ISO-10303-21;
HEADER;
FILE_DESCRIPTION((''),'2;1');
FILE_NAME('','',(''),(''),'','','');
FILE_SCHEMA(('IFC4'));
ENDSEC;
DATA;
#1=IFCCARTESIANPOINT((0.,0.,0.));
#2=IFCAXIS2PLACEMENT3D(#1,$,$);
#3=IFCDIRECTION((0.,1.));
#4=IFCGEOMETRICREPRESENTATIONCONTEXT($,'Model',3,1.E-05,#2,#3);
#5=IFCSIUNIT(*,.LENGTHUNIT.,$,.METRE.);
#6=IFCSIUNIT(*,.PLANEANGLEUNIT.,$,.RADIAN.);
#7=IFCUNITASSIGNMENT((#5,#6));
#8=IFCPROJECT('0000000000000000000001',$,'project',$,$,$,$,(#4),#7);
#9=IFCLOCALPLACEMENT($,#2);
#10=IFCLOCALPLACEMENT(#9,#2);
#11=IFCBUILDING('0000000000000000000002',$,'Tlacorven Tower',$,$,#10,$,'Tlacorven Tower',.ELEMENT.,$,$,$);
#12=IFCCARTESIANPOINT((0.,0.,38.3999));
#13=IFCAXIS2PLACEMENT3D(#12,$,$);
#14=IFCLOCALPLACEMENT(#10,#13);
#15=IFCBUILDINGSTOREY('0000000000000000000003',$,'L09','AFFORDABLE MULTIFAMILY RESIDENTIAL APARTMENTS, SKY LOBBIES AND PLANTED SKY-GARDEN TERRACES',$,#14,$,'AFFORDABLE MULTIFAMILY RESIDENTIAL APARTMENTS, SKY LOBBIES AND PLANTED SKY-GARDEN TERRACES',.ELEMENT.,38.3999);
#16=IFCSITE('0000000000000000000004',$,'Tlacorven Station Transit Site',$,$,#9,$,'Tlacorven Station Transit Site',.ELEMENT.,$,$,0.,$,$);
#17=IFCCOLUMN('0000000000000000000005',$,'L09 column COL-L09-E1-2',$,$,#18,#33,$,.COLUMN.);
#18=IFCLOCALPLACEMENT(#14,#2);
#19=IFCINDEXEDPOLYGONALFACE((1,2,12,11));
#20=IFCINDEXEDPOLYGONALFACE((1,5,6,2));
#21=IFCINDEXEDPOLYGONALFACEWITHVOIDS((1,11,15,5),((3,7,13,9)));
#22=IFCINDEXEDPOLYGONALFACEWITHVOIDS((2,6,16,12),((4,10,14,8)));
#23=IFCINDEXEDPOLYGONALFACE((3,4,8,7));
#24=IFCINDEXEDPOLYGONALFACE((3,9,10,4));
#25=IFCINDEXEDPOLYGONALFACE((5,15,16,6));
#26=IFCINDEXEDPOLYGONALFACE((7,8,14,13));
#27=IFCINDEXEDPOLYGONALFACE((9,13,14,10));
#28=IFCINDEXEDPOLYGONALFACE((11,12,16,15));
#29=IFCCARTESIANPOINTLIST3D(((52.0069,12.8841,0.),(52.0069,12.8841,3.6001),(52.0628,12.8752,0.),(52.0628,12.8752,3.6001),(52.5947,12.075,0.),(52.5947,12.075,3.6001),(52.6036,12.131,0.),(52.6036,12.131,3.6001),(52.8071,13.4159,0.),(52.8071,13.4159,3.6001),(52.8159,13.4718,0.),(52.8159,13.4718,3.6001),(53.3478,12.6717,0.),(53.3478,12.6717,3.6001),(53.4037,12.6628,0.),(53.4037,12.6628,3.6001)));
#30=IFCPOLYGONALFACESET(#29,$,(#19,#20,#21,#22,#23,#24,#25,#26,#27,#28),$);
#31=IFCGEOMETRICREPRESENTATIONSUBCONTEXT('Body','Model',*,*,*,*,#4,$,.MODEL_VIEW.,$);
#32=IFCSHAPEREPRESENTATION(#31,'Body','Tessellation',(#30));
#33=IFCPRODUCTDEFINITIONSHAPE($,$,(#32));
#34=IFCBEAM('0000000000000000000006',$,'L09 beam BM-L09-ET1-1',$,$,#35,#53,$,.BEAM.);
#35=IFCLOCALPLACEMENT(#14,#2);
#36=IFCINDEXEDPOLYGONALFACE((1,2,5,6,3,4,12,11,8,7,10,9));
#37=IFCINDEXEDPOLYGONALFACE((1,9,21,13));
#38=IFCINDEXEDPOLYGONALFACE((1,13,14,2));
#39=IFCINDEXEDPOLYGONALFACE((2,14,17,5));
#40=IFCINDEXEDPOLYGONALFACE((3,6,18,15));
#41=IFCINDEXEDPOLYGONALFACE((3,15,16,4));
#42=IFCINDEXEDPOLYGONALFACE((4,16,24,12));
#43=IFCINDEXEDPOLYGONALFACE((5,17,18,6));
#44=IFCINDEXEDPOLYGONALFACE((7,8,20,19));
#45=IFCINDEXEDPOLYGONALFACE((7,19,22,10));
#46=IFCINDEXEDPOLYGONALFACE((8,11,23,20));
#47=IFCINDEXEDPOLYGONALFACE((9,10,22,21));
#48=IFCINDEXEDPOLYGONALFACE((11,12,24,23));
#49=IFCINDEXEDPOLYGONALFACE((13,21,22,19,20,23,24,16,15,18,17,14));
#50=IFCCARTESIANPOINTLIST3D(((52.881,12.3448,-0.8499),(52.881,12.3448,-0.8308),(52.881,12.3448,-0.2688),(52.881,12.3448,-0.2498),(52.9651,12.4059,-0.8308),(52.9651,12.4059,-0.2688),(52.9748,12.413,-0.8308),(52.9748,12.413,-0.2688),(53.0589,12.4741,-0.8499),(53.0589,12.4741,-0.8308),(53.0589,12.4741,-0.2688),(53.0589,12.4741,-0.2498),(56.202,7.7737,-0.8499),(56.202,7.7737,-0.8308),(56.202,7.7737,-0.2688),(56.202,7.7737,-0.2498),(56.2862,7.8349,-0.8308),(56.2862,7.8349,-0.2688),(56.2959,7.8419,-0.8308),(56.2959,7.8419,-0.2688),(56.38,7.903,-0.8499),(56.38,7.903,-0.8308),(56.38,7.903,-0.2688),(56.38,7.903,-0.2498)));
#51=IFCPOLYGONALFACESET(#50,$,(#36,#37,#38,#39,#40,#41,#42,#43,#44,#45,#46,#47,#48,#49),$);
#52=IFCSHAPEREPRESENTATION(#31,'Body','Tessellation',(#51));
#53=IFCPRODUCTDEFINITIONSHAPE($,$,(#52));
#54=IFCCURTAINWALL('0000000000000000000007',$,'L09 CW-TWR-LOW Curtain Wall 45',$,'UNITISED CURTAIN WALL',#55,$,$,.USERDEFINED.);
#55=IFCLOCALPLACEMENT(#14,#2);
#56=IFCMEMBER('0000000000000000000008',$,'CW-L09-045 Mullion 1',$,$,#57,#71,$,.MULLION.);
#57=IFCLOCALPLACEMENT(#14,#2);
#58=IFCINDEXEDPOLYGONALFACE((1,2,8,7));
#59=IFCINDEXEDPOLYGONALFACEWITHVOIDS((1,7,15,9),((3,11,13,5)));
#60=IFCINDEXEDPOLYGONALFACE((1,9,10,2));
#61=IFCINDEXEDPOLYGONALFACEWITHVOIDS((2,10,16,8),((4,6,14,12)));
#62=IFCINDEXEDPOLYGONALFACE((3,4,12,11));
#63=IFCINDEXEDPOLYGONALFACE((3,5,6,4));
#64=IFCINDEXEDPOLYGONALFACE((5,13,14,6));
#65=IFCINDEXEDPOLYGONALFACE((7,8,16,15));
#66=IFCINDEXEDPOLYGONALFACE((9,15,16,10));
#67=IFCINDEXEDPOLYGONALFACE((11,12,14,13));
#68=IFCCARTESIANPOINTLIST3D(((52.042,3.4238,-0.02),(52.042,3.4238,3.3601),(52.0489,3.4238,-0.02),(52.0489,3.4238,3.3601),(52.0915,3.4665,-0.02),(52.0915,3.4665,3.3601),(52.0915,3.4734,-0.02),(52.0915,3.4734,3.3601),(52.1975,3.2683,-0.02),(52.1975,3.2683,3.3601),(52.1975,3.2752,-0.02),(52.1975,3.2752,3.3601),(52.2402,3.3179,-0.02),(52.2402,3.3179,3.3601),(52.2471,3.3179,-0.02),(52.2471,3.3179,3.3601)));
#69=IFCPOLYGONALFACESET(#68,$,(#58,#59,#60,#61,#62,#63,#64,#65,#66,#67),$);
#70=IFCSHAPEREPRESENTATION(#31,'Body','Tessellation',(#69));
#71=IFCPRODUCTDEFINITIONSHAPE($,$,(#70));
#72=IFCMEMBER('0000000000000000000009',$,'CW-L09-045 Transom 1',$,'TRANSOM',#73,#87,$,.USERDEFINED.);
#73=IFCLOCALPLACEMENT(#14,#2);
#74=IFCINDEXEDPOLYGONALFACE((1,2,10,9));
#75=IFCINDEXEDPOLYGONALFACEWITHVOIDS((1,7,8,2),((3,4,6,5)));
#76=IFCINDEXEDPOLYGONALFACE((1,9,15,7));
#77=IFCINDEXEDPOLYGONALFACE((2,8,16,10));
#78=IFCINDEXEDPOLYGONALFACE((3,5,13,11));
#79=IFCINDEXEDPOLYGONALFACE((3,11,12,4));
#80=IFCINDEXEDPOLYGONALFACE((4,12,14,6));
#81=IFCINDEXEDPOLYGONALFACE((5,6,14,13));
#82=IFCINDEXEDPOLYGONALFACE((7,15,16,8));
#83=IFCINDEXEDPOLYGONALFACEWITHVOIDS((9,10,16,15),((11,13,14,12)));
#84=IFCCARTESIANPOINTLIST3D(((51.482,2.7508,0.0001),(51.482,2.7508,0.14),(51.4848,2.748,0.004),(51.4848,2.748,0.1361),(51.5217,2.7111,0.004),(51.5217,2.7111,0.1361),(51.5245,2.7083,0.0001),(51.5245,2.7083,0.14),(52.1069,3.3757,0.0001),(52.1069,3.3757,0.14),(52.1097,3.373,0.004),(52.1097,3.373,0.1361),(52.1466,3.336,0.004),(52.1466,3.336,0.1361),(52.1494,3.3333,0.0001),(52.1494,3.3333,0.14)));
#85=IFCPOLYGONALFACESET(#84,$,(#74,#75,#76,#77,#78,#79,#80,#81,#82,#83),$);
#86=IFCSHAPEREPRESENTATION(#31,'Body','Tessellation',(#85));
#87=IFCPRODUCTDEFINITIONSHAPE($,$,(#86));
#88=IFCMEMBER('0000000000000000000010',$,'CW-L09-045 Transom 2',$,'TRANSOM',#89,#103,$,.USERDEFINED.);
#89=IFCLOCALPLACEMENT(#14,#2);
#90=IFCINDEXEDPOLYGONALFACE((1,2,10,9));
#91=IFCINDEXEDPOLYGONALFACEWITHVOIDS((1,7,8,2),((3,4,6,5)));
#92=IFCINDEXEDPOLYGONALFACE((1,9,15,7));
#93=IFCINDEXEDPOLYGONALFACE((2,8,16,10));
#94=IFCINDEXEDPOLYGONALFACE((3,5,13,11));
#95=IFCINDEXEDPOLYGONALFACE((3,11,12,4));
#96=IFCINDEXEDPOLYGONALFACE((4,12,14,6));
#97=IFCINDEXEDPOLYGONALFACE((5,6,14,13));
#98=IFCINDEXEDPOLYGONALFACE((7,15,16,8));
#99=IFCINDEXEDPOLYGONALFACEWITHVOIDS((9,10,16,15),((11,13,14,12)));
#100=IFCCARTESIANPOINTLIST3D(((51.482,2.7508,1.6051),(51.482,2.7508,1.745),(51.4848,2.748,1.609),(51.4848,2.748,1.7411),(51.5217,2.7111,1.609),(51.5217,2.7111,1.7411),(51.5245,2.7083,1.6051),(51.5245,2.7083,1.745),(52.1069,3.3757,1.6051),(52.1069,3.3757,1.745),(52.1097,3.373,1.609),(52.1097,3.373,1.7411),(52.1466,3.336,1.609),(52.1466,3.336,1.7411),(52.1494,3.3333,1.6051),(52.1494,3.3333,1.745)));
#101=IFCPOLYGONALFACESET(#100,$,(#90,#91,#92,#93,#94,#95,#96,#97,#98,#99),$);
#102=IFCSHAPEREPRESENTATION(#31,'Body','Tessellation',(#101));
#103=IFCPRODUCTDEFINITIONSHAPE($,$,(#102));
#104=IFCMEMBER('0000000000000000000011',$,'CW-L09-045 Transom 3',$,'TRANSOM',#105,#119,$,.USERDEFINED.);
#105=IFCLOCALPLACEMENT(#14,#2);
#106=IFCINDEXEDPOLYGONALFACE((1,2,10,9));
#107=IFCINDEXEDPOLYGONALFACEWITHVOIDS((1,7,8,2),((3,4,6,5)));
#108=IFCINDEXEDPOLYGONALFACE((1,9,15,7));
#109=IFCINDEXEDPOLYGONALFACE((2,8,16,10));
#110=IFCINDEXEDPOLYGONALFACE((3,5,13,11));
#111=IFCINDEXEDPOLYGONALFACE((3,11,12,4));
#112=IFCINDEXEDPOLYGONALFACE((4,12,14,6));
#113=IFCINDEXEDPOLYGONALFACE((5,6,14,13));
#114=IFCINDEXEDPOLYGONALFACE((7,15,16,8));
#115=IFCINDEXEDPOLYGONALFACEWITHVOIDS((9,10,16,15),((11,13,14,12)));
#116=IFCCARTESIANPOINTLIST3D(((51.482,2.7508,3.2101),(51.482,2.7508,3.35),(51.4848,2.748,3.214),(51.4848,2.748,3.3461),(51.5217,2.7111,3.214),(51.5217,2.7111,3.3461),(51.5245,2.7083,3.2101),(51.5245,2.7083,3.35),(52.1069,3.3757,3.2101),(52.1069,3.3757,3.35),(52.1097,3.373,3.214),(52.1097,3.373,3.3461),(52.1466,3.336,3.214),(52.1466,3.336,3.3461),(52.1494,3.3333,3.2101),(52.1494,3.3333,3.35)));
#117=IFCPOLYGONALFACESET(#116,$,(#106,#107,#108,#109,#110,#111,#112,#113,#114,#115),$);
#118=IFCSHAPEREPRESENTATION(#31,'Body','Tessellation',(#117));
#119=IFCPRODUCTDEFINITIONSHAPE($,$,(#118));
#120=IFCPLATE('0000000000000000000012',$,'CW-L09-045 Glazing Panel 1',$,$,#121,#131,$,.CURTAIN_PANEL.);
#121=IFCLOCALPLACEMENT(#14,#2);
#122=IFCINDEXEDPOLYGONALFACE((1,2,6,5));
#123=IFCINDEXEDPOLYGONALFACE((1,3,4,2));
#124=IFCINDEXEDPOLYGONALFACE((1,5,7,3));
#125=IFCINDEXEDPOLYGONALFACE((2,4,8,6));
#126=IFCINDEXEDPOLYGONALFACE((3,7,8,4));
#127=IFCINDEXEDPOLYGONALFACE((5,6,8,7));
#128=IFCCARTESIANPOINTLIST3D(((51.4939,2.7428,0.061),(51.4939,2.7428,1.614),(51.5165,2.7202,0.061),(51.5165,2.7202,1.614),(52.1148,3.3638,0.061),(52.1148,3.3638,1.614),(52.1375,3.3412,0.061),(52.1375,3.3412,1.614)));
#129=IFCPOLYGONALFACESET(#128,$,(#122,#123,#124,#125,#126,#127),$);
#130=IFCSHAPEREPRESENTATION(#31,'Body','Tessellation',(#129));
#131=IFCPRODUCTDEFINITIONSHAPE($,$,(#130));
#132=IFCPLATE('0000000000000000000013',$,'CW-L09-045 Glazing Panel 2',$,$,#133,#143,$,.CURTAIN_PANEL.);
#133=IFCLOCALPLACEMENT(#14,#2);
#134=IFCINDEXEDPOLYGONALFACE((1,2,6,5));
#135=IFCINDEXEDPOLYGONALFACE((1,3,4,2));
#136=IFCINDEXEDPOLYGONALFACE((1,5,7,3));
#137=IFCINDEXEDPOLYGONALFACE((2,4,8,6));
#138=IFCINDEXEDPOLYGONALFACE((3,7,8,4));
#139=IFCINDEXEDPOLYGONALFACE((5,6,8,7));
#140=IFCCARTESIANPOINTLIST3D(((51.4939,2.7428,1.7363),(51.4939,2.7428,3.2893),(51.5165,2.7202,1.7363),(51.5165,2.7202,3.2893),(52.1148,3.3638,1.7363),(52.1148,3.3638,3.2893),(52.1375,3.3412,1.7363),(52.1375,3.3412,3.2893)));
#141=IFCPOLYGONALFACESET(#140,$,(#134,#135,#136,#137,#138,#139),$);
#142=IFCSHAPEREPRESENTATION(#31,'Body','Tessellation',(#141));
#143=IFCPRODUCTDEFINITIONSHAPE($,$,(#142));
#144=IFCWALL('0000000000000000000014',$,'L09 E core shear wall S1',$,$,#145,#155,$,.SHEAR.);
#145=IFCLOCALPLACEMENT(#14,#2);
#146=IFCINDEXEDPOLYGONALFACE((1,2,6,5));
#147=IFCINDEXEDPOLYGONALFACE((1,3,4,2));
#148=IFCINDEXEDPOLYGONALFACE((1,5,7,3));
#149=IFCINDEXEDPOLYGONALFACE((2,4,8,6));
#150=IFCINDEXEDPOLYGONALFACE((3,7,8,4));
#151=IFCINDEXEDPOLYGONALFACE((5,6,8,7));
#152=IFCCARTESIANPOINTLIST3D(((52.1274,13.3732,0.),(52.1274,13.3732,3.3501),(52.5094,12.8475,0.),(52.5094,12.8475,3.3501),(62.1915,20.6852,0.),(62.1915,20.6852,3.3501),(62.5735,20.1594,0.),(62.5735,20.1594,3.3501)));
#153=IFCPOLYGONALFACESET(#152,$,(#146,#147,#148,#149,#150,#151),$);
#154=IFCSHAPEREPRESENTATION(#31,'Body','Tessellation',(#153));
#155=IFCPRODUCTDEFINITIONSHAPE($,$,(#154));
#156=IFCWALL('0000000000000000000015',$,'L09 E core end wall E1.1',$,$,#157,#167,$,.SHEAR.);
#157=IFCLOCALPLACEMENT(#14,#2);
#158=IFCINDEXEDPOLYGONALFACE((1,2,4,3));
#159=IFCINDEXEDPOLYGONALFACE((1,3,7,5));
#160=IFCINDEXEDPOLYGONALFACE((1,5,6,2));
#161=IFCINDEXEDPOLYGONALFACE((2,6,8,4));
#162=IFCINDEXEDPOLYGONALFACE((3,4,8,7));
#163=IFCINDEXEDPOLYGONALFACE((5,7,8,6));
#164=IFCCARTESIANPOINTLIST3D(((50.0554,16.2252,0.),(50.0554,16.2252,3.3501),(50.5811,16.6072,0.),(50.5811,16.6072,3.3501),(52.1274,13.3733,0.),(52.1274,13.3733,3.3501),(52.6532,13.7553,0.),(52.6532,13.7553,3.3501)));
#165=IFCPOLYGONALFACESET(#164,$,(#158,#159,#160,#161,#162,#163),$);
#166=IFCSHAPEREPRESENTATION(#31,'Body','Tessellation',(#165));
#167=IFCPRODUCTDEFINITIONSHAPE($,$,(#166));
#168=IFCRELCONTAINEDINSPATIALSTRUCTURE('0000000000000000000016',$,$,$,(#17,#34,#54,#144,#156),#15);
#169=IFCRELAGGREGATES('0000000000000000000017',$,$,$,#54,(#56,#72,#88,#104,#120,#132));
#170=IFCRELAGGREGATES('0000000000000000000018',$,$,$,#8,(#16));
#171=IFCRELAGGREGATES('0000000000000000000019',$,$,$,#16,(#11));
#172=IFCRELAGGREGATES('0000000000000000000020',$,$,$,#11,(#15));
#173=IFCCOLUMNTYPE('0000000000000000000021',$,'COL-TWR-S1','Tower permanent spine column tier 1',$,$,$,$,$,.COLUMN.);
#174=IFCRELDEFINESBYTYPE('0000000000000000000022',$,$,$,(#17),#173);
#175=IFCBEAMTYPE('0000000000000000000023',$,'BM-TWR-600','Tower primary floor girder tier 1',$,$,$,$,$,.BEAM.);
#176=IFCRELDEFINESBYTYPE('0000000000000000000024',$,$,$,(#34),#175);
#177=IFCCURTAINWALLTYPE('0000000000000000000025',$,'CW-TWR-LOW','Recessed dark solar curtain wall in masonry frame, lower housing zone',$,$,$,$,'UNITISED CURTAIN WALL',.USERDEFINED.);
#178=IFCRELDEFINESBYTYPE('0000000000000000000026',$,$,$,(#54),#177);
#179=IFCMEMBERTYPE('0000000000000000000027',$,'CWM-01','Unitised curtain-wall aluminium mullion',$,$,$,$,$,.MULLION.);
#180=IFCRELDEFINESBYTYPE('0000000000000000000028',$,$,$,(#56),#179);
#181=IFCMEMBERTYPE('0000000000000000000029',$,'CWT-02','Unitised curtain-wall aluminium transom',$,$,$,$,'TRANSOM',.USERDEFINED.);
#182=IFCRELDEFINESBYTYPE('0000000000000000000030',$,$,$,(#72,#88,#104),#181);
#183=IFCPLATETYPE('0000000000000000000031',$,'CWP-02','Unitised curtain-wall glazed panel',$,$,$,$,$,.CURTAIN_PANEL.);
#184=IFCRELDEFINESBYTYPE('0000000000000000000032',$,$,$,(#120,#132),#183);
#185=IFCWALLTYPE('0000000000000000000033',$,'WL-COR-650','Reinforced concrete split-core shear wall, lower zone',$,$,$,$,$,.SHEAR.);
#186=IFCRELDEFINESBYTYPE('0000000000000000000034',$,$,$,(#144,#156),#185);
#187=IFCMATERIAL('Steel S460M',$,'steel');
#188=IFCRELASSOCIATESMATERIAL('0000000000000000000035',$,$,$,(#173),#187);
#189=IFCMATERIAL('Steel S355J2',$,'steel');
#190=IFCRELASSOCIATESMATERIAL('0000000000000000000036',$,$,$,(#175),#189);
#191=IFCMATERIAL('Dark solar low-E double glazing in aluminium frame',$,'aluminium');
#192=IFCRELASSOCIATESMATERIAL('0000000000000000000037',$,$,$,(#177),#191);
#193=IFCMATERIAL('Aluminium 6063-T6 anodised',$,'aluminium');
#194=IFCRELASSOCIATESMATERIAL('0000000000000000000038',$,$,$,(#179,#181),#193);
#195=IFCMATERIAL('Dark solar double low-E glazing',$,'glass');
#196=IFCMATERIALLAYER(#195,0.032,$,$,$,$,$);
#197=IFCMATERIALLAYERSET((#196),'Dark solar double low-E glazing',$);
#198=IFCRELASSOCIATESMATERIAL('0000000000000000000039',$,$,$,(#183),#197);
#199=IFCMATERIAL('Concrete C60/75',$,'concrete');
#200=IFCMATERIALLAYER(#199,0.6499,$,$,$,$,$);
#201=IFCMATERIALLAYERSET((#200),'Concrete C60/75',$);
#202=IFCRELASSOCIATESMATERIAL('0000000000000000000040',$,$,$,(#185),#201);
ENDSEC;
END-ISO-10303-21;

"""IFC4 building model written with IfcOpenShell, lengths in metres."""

from ifc_helpers import new_model, si_unit, direction, frame, frame_2d, origin, origin_2d, place, context, subcontext, project, spatial, rectangle, hollow_rectangle, i_section, extrude, source, transform, mapped, material, layer, layer_set, material_profile, profile_set, type_object, element, aggregate, save


model = new_model("IFC4")

# Units and contexts
model_context = context("Model", 3, precision=1e-05, world=origin(), true_north=direction((0.0, 1.0)))
body_context = subcontext(model_context, "Body", "Model", "MODEL_VIEW")
ifc_project = project(units=[si_unit("LENGTHUNIT", "METRE"), si_unit("PLANEANGLEUNIT", "RADIAN")], contexts=[model_context])

# Site, building, storey
site_placement = place(None, origin())
site = spatial("IfcSite", under=ifc_project, at=site_placement, Name="Tlacorven Station Transit Site", LongName="Tlacorven Station Transit Site", CompositionType="ELEMENT", RefElevation=0.0)
building_placement = place(site_placement, origin())
building = spatial("IfcBuilding", under=site, at=building_placement, Name="Tlacorven Tower", LongName="Tlacorven Tower", CompositionType="ELEMENT")
storey_placement = place(building_placement, frame((0.0, 0.0, 38.3999)))
storey = spatial("IfcBuildingStorey", under=building, at=storey_placement, Name="L09", Description="AFFORDABLE MULTIFAMILY RESIDENTIAL APARTMENTS, SKY LOBBIES AND PLANTED SKY-GARDEN TERRACES", LongName="AFFORDABLE MULTIFAMILY RESIDENTIAL APARTMENTS, SKY LOBBIES AND PLANTED SKY-GARDEN TERRACES", CompositionType="ELEMENT", Elevation=38.3999)

# Column
ifc_material_1 = material(Name="Steel S460M", Category="steel")
ifc_material_profile_1 = material_profile(ifc_material_1, hollow_rectangle(XDim=1.0, YDim=1.0, WallThickness=0.04, at=origin_2d()), Name="BOX 1000X1000X40")
ifc_profile_set_1 = profile_set([ifc_material_profile_1], Name="Steel S460M")
column_type = type_object("IfcColumnType", Name="COL-TWR-S1", Description="Tower permanent spine column tier 1", PredefinedType="COLUMN", material=ifc_profile_set_1)
shared_shape_1 = source(origin(), body_context, "Body", "SweptSolid", [
    extrude(hollow_rectangle(XDim=1.0, YDim=1.0, WallThickness=0.04, at=origin_2d()), origin(), (0.0, 0.0, 1.0), 3.6001),
])
column_placement = place(storey_placement, frame((52.7053, 12.7734, 0.0), z_axis=(0.0, 0.0, 1.0), x_axis=(0.809017, 0.587785, 0.0)))
element("IfcColumn", 1, at=column_placement, inside=storey, type_object=column_type, Name="L09 column COL-L09-E1-2", PredefinedType="COLUMN", context=body_context, shape_type="MappedRepresentation", body=[
    mapped(shared_shape_1, transform((0.0, 0.0, 0.0), scale=1.0)),
])

# Beam
ifc_material_2 = material(Name="Steel S355J2", Category="steel")
ifc_material_profile_2 = material_profile(ifc_material_2, i_section(OverallWidth=0.22, OverallDepth=0.6001, WebThickness=0.012, FlangeThickness=0.019, at=origin_2d()), Name="IPE 600")
ifc_profile_set_2 = profile_set([ifc_material_profile_2], Name="Steel S355J2")
beam_type = type_object("IfcBeamType", Name="BM-TWR-600", Description="Tower primary floor girder tier 1", PredefinedType="BEAM", material=ifc_profile_set_2)
shared_shape_2 = source(origin(), body_context, "Body", "SweptSolid", [
    extrude(i_section(OverallWidth=0.22, OverallDepth=0.6001, WebThickness=0.012, FlangeThickness=0.019, at=origin_2d()), origin(), (0.0, 0.0, 1.0), 5.6501),
])
beam_placement = place(storey_placement, frame((56.291, 7.8384, -0.5498), z_axis=(-0.587784, 0.809018, 0.0), x_axis=(-0.809018, -0.587784, 0.0)))
element("IfcBeam", 2, at=beam_placement, inside=storey, type_object=beam_type, Name="L09 beam BM-L09-ET1-1", PredefinedType="BEAM", context=body_context, shape_type="MappedRepresentation", body=[
    mapped(shared_shape_2, transform((0.0, 0.0, 0.0), scale=1.0)),
])

# Curtain wall, members, plates
ifc_material_3 = material(Name="Dark solar low-E double glazing in aluminium frame", Category="aluminium")
curtain_wall_type = type_object("IfcCurtainWallType", Name="CW-TWR-LOW", Description="Recessed dark solar curtain wall in masonry frame, lower housing zone", ElementType="UNITISED CURTAIN WALL", PredefinedType="USERDEFINED", material=ifc_material_3)
curtain_wall_placement = place(storey_placement, origin())
curtain_wall = element("IfcCurtainWall", 3, at=curtain_wall_placement, inside=storey, type_object=curtain_wall_type, Name="L09 CW-TWR-LOW Curtain Wall 45", ObjectType="UNITISED CURTAIN WALL", PredefinedType="USERDEFINED")
ifc_material_4 = material(Name="Aluminium 6063-T6 anodised", Category="aluminium")
ifc_material_profile_3 = material_profile(ifc_material_4, hollow_rectangle(XDim=0.0701, YDim=0.22, WallThickness=0.0049, at=origin_2d()), Name="ALU MULLION 70X220")
ifc_profile_set_3 = profile_set([ifc_material_profile_3], Name="Aluminium 6063-T6 anodised")
member_type_1 = type_object("IfcMemberType", Name="CWM-01", Description="Unitised curtain-wall aluminium mullion", PredefinedType="MULLION", material=ifc_profile_set_3)
shared_shape_3 = source(origin(), body_context, "Body", "SweptSolid", [
    extrude(hollow_rectangle(XDim=0.0701, YDim=0.22, WallThickness=0.0049, at=origin_2d()), origin(), (0.0, 0.0, 1.0), 3.3801),
])
member_1_placement = place(storey_placement, frame((52.1445, 3.3708, -0.02), z_axis=(0.0, 0.0, 1.0), x_axis=(-0.707107, -0.707107, 0.0)))
member_1 = element("IfcMember", 4, at=member_1_placement, type_object=member_type_1, Name="CW-L09-045 Mullion 1", PredefinedType="MULLION", context=body_context, shape_type="MappedRepresentation", body=[
    mapped(shared_shape_3, transform((0.0, 0.0, 0.0), scale=1.0)),
])
ifc_material_profile_4 = material_profile(ifc_material_4, hollow_rectangle(XDim=0.0601, YDim=0.1399, WallThickness=0.0039, at=origin_2d()), Name="ALU TRANSOM 60X140")
ifc_profile_set_4 = profile_set([ifc_material_profile_4], Name="Aluminium 6063-T6 anodised")
member_type_2 = type_object("IfcMemberType", Name="CWT-02", Description="Unitised curtain-wall aluminium transom", ElementType="TRANSOM", PredefinedType="USERDEFINED", material=ifc_profile_set_4)
shared_shape_4 = source(origin(), body_context, "Body", "SweptSolid", [
    extrude(hollow_rectangle(XDim=0.0601, YDim=0.1399, WallThickness=0.0039, at=origin_2d()), origin(), (0.0, 0.0, 1.0), 0.8838),
])
member_2_placement = place(storey_placement, frame((52.1282, 3.3545, 0.0701), z_axis=(-0.707107, -0.707107, 0.0), x_axis=(0.707107, -0.707107, 0.0)))
member_2 = element("IfcMember", 5, at=member_2_placement, type_object=member_type_2, Name="CW-L09-045 Transom 1", ObjectType="TRANSOM", PredefinedType="USERDEFINED", context=body_context, shape_type="MappedRepresentation", body=[
    mapped(shared_shape_4, transform((0.0, 0.0, 0.0), scale=1.0)),
])
member_3_placement = place(storey_placement, frame((52.1282, 3.3545, 1.675), z_axis=(-0.707107, -0.707107, 0.0), x_axis=(0.707107, -0.707107, 0.0)))
member_3 = element("IfcMember", 6, at=member_3_placement, type_object=member_type_2, Name="CW-L09-045 Transom 2", ObjectType="TRANSOM", PredefinedType="USERDEFINED", context=body_context, shape_type="MappedRepresentation", body=[
    mapped(shared_shape_4, transform((0.0, 0.0, 0.0), scale=1.0)),
])
member_4_placement = place(storey_placement, frame((52.1282, 3.3545, 3.28), z_axis=(-0.707107, -0.707107, 0.0), x_axis=(0.707107, -0.707107, 0.0)))
member_4 = element("IfcMember", 7, at=member_4_placement, type_object=member_type_2, Name="CW-L09-045 Transom 3", ObjectType="TRANSOM", PredefinedType="USERDEFINED", context=body_context, shape_type="MappedRepresentation", body=[
    mapped(shared_shape_4, transform((0.0, 0.0, 0.0), scale=1.0)),
])
ifc_material_5 = material(Name="Dark solar double low-E glazing", Category="glass")
ifc_layer_1 = layer(ifc_material_5, 0.032)
ifc_layer_set_1 = layer_set([ifc_layer_1], Name="Dark solar double low-E glazing")
plate_type = type_object("IfcPlateType", Name="CWP-02", Description="Unitised curtain-wall glazed panel", PredefinedType="CURTAIN_PANEL", material=ifc_layer_set_1)
shared_shape_5 = source(origin(), body_context, "Body", "SweptSolid", [
    extrude(rectangle(XDim=0.8782, YDim=0.032, at=origin_2d()), origin(), (0.0, 0.0, 1.0), 1.553),
])
plate_1_placement = place(storey_placement, frame((51.8157, 3.042, 0.061), z_axis=(0.0, 0.0, 1.0), x_axis=(-0.707107, -0.707107, 0.0)))
plate_1 = element("IfcPlate", 8, at=plate_1_placement, type_object=plate_type, Name="CW-L09-045 Glazing Panel 1", PredefinedType="CURTAIN_PANEL", context=body_context, shape_type="MappedRepresentation", body=[
    mapped(shared_shape_5, transform((0.0, 0.0, 0.0), scale=1.0)),
])
plate_2_placement = place(storey_placement, frame((51.8157, 3.042, 1.7363), z_axis=(0.0, 0.0, 1.0), x_axis=(-0.707107, -0.707107, 0.0)))
plate_2 = element("IfcPlate", 9, at=plate_2_placement, type_object=plate_type, Name="CW-L09-045 Glazing Panel 2", PredefinedType="CURTAIN_PANEL", context=body_context, shape_type="MappedRepresentation", body=[
    mapped(shared_shape_5, transform((0.0, 0.0, 0.0), scale=1.0)),
])
aggregate(curtain_wall, [member_1, member_2, member_3, member_4, plate_1, plate_2])

# Walls
ifc_material_6 = material(Name="Concrete C60/75", Category="concrete")
ifc_layer_2 = layer(ifc_material_6, 0.6499)
ifc_layer_set_2 = layer_set([ifc_layer_2], Name="Concrete C60/75")
wall_type_1 = type_object("IfcWallType", Name="WL-COR-650", Description="Reinforced concrete split-core shear wall, lower zone", PredefinedType="SHEAR", material=ifc_layer_set_2)
wall_1_placement = place(storey_placement, frame((52.3184, 13.1104, 0.0), z_axis=(0.0, 0.0, 1.0), x_axis=(0.809019, 0.587782, 0.0)))
element("IfcWall", 10, at=wall_1_placement, inside=storey, type_object=wall_type_1, Name="L09 E core shear wall S1", PredefinedType="SHEAR", context=body_context, shape_type="SweptSolid", body=[
    extrude(rectangle(XDim=12.4399, YDim=0.6499, at=frame_2d((6.22, 0.0))), origin(), (0.0, 0.0, 1.0), 3.3501),
])
wall_2_placement = place(storey_placement, frame((52.3904, 13.5642, 0.0), z_axis=(0.0, 0.0, 1.0), x_axis=(-0.587797, 0.809009, 0.0)))
element("IfcWall", 11, at=wall_2_placement, inside=storey, type_object=wall_type_1, Name="L09 E core end wall E1.1", PredefinedType="SHEAR", context=body_context, shape_type="SweptSolid", body=[
    extrude(rectangle(XDim=3.5251, YDim=0.6499, at=frame_2d((1.7627, 0.0))), origin(), (0.0, 0.0, 1.0), 3.3501),
])

save(model, "model.ifc")
